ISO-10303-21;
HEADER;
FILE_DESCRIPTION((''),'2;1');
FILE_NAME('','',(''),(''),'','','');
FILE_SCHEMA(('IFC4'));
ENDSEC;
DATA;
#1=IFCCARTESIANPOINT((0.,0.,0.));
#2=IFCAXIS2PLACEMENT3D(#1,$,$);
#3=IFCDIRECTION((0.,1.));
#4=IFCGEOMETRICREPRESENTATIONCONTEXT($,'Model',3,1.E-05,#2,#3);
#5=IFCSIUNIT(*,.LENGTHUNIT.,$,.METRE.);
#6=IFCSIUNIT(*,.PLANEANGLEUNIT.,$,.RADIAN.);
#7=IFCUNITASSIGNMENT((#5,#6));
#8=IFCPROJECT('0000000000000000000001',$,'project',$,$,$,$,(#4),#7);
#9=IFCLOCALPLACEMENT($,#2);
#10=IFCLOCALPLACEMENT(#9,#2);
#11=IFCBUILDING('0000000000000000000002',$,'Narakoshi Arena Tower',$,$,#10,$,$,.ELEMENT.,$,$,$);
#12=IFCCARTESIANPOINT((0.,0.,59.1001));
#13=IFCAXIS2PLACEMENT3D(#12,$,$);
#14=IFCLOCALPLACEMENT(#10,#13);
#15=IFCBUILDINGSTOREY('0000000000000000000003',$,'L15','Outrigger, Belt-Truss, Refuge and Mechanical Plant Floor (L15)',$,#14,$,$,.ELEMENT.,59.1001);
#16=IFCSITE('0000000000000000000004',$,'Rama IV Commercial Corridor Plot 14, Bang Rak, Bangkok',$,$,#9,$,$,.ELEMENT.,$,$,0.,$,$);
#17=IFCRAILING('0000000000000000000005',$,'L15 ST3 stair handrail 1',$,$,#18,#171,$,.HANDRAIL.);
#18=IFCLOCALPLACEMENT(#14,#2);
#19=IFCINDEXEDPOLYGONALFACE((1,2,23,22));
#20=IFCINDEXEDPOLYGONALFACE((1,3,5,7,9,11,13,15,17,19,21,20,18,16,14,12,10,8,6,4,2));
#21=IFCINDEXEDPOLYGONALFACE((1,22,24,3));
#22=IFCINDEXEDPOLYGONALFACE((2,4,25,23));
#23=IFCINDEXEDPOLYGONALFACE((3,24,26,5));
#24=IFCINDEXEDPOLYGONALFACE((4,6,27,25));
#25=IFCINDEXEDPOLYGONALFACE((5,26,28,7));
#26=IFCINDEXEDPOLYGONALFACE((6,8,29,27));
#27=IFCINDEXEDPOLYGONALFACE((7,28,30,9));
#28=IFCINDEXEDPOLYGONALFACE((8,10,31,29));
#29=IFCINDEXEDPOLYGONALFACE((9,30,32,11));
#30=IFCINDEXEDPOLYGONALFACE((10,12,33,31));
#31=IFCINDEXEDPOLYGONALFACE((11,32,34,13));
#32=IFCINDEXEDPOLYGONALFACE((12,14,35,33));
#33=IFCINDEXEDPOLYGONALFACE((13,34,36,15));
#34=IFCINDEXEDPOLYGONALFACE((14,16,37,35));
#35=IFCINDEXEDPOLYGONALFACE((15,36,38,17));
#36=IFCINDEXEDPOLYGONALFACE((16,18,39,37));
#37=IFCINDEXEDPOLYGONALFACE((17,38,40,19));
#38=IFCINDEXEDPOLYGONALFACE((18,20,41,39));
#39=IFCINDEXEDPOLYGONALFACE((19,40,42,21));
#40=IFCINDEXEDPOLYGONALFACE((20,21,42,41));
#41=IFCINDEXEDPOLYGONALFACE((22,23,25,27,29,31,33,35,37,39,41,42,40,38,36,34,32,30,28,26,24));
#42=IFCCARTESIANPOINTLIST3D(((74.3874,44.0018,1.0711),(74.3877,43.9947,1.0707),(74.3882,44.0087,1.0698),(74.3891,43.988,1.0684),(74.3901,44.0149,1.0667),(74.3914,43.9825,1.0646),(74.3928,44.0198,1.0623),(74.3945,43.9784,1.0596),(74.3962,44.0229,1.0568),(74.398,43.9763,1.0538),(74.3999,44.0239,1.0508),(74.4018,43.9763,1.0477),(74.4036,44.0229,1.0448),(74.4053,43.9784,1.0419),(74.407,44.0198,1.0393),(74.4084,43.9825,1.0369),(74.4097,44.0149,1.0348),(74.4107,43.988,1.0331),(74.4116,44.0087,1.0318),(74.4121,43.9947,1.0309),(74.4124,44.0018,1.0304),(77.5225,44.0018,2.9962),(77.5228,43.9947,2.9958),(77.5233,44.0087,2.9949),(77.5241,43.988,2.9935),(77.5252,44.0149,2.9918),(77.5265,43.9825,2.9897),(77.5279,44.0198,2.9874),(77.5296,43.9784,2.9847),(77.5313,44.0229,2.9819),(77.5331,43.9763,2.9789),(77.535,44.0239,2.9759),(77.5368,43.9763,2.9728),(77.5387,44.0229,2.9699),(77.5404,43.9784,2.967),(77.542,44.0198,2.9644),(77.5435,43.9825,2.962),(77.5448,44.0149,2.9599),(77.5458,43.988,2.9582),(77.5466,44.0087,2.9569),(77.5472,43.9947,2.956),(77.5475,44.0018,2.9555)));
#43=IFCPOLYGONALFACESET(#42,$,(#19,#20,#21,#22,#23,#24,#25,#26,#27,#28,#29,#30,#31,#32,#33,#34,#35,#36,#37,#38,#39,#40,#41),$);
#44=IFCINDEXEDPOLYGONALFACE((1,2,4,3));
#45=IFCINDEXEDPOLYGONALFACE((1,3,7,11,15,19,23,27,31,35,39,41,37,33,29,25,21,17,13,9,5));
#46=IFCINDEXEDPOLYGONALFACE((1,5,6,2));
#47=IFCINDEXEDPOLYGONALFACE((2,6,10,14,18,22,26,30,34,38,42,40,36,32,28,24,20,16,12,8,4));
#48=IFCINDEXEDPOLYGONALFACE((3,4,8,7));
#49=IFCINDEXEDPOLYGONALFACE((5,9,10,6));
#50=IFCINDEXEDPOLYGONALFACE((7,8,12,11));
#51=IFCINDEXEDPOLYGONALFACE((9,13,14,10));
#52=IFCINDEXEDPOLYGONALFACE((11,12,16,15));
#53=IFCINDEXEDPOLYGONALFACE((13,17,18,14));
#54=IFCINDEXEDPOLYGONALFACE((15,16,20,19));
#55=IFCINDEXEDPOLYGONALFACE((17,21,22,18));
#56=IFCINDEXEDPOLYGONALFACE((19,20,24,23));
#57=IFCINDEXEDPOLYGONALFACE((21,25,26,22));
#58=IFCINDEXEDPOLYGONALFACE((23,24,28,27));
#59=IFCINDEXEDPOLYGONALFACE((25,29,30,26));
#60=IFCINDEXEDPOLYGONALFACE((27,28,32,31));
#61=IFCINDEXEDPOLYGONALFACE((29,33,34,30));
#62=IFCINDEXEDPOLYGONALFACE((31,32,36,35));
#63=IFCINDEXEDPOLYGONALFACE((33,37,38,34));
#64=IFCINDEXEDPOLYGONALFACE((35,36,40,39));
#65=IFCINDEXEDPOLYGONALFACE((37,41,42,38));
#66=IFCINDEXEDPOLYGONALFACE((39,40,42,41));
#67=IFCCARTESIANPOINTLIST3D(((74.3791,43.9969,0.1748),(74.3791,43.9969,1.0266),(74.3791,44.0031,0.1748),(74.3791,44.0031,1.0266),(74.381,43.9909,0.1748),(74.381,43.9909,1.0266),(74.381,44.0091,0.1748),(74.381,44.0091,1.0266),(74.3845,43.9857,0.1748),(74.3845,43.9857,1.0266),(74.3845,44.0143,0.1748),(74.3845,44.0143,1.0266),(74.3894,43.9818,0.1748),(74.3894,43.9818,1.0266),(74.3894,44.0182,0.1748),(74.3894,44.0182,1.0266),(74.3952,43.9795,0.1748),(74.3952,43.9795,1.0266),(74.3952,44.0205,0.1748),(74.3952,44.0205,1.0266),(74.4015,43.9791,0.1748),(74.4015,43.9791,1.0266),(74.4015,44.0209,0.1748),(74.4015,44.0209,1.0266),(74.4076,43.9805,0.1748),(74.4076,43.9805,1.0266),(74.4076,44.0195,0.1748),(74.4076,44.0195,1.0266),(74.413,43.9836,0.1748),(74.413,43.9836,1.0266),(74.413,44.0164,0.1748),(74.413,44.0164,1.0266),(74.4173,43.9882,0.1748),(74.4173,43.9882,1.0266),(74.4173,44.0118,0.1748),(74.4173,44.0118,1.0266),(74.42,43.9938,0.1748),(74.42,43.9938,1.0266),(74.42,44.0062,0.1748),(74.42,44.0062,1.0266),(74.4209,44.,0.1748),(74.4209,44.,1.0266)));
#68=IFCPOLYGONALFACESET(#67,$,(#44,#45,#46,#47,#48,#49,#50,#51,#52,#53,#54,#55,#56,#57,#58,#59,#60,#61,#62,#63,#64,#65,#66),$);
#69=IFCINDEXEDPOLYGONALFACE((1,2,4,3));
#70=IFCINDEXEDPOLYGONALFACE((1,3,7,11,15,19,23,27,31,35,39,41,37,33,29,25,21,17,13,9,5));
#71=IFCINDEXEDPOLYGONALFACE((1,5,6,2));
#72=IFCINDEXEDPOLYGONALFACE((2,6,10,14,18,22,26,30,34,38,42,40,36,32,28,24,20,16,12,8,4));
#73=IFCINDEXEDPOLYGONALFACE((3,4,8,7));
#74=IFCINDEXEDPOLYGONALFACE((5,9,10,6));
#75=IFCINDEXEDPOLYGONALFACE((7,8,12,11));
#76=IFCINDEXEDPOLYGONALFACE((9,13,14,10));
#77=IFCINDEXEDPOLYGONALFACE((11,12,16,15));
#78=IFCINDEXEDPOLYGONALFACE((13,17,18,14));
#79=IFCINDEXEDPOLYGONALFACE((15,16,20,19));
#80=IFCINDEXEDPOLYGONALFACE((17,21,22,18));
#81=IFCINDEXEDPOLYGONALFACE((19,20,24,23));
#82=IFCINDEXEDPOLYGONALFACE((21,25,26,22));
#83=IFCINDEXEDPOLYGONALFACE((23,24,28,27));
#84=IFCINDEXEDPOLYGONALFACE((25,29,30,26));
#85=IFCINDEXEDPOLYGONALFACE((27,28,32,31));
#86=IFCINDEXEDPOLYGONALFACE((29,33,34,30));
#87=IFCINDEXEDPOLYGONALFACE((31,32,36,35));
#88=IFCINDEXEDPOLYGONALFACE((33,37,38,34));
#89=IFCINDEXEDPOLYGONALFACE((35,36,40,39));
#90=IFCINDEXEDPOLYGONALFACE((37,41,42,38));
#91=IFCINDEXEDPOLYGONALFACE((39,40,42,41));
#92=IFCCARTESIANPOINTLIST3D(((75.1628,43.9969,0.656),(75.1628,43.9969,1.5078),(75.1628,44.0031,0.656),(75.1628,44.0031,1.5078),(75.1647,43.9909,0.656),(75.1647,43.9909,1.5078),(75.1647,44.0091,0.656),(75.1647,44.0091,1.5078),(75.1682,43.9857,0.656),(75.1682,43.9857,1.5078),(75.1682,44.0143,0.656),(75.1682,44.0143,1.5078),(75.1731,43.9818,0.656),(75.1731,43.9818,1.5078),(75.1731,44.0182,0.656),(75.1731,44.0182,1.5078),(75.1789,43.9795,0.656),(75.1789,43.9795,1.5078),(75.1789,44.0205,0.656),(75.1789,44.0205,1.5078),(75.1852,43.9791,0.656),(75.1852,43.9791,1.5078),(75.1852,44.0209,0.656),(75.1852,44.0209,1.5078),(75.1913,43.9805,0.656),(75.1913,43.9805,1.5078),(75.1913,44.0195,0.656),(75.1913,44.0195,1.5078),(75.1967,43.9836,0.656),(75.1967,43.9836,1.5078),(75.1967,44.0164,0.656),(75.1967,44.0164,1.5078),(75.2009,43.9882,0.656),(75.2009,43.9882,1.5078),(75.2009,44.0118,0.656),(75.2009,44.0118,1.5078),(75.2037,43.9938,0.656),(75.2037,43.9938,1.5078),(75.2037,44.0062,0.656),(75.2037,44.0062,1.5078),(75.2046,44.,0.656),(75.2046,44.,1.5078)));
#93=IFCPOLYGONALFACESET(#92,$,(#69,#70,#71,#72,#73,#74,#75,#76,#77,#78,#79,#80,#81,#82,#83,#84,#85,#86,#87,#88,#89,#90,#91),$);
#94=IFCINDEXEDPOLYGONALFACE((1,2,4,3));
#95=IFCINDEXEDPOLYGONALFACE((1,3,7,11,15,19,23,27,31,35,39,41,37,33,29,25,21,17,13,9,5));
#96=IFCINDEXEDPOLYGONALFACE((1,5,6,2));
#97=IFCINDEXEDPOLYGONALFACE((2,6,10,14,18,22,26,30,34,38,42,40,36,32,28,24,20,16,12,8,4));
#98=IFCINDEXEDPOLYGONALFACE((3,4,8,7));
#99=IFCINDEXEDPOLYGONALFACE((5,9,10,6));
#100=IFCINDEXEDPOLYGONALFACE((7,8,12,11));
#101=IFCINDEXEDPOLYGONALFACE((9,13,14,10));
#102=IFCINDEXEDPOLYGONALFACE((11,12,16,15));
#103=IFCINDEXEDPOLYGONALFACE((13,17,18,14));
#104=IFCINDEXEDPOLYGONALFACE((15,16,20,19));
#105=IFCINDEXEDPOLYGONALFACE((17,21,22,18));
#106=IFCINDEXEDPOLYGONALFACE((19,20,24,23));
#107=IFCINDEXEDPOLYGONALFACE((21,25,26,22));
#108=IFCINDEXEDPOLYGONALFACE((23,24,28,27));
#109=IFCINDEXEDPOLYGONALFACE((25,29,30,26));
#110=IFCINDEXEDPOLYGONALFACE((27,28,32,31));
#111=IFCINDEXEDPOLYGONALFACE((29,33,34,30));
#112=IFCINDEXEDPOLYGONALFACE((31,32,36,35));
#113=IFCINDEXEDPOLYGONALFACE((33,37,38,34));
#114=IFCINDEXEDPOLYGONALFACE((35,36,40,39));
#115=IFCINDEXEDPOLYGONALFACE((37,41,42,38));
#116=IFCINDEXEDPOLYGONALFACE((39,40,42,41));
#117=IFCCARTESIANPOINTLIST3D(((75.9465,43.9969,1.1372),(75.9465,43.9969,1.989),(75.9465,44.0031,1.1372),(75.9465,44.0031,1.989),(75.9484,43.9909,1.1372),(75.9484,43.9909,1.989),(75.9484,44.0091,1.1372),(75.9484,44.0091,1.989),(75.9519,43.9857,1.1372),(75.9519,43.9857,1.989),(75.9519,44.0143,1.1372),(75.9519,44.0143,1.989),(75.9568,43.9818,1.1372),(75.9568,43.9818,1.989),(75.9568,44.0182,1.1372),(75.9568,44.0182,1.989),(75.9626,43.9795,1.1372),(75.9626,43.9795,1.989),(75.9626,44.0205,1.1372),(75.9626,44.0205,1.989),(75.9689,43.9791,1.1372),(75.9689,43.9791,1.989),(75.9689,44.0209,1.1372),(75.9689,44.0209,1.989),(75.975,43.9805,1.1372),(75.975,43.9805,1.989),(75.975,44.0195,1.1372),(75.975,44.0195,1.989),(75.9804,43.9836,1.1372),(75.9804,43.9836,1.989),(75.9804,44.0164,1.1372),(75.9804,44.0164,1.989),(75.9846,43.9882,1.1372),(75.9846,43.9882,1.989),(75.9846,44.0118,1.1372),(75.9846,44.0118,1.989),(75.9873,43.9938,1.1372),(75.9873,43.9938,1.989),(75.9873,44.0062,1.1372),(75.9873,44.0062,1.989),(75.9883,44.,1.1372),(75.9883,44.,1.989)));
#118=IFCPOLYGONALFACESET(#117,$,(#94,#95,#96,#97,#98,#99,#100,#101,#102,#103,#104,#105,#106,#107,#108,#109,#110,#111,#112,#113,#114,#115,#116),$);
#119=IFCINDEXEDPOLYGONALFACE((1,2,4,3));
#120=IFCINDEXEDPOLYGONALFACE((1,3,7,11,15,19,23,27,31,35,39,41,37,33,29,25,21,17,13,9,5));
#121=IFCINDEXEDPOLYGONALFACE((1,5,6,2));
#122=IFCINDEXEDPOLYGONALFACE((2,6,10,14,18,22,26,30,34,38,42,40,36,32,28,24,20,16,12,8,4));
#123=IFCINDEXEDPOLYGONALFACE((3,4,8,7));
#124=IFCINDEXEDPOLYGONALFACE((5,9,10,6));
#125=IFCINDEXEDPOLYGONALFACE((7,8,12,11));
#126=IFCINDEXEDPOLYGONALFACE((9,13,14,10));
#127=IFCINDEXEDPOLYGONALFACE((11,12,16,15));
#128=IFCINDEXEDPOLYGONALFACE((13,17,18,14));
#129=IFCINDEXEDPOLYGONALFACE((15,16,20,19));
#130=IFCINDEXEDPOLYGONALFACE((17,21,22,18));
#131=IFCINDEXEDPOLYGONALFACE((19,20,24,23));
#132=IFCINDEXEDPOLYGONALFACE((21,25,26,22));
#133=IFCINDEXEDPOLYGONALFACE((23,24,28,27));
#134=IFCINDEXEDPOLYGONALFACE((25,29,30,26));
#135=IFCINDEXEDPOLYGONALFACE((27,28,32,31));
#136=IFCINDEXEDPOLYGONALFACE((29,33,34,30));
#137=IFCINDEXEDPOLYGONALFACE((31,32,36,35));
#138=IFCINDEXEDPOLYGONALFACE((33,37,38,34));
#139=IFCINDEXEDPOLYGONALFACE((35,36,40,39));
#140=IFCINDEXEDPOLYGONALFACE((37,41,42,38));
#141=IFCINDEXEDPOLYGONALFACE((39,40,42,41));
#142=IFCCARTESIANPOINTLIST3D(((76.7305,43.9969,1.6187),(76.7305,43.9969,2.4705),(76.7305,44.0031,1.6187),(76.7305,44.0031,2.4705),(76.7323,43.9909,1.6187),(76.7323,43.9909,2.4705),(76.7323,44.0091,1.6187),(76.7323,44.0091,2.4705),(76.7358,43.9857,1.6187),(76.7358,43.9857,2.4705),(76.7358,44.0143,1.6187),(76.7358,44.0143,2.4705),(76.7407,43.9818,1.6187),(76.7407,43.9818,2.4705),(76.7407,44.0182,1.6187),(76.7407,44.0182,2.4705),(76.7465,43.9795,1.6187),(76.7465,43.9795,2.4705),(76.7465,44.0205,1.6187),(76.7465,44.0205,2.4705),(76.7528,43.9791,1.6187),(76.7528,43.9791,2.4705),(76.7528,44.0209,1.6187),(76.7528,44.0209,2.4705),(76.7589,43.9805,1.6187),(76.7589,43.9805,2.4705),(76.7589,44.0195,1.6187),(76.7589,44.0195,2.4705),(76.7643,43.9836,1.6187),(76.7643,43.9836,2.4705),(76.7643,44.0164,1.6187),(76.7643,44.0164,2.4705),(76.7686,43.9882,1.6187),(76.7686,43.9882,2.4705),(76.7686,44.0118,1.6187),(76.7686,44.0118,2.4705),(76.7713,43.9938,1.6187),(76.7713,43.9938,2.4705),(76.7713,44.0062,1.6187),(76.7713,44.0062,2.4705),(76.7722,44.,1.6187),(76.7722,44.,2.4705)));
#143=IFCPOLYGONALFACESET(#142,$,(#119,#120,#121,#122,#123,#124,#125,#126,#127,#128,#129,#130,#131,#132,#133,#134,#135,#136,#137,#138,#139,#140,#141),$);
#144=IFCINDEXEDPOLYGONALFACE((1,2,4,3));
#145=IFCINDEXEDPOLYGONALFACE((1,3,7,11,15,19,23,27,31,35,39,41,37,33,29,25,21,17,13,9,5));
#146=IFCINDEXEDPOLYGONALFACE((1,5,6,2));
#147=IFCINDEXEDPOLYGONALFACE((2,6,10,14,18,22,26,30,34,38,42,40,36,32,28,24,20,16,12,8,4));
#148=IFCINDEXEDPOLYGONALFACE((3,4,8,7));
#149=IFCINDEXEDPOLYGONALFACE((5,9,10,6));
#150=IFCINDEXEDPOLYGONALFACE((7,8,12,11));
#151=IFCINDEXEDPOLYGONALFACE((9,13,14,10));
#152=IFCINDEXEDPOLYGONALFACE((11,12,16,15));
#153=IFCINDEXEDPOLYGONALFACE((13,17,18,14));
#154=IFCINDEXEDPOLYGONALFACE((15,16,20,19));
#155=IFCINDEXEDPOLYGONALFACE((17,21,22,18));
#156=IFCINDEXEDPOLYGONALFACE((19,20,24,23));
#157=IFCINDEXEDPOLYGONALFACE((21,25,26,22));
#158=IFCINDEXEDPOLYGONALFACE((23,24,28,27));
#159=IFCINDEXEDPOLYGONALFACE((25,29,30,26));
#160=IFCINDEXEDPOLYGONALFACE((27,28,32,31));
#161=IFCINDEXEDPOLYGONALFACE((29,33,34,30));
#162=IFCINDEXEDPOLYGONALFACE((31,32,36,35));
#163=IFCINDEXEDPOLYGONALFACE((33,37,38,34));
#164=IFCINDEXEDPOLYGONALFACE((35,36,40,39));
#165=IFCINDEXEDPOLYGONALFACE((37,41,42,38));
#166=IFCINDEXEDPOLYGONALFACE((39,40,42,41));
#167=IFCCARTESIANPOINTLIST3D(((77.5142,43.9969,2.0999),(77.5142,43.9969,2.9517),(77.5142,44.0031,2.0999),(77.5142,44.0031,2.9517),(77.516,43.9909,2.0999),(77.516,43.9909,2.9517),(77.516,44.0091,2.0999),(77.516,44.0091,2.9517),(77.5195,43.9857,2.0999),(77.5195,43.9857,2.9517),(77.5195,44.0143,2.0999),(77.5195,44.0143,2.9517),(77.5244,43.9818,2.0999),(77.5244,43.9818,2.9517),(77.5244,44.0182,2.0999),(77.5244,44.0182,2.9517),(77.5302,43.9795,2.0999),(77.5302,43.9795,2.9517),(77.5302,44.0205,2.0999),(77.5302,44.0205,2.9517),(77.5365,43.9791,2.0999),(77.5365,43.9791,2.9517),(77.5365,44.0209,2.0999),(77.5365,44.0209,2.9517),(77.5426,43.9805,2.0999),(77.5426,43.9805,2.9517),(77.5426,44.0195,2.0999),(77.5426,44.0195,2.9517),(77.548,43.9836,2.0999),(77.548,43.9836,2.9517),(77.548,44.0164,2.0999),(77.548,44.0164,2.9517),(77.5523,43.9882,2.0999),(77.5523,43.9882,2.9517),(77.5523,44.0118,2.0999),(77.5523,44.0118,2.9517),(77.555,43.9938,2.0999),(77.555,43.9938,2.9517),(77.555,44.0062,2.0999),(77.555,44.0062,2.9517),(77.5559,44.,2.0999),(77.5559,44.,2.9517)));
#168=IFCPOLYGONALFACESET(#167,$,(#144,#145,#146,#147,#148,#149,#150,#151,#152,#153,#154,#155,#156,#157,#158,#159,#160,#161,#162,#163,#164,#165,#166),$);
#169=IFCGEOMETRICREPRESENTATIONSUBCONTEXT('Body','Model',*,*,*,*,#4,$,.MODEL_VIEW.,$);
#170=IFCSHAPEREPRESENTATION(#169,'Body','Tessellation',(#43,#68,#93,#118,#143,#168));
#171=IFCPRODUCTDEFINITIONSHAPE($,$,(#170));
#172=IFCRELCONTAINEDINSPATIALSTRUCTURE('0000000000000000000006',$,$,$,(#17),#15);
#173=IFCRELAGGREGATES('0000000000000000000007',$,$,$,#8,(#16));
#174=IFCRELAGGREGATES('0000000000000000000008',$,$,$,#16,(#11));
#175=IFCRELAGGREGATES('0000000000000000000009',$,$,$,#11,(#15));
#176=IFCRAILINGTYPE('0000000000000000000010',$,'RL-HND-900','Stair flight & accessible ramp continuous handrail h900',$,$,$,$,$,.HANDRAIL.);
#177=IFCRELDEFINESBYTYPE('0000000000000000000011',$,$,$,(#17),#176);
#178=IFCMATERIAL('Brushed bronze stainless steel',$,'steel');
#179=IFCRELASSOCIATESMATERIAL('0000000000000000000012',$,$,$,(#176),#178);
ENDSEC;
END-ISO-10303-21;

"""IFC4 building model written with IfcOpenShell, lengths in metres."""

from ifc_helpers import new_model, si_unit, direction, frame, origin, origin_2d, place, context, subcontext, project, spatial, circle, extrude, material, type_object, element, save


model = new_model("IFC4")

# Units and contexts
model_context = context("Model", 3, precision=1e-05, world=origin(), true_north=direction((0.0, 1.0)))
body_context = subcontext(model_context, "Body", "Model", "MODEL_VIEW")
ifc_project = project(units=[si_unit("LENGTHUNIT", "METRE"), si_unit("PLANEANGLEUNIT", "RADIAN")], contexts=[model_context])

# Site, building, storey
site_placement = place(None, origin())
site = spatial("IfcSite", under=ifc_project, at=site_placement, Name="Rama IV Commercial Corridor Plot 14, Bang Rak, Bangkok", CompositionType="ELEMENT", RefElevation=0.0)
building_placement = place(site_placement, origin())
building = spatial("IfcBuilding", under=site, at=building_placement, Name="Narakoshi Arena Tower", CompositionType="ELEMENT")
storey_placement = place(building_placement, frame((0.0, 0.0, 59.1001)))
storey = spatial("IfcBuildingStorey", under=building, at=storey_placement, Name="L15", Description="Outrigger, Belt-Truss, Refuge and Mechanical Plant Floor (L15)", CompositionType="ELEMENT", Elevation=59.1001)

# Shared definitions
ifc_material_1 = material(Name="Brushed bronze stainless steel", Category="steel")

# Railing
railing_type_1 = type_object("IfcRailingType", Name="RL-HND-900", Description="Stair flight & accessible ramp continuous handrail h900", PredefinedType="HANDRAIL", material=ifc_material_1)
railing_1_placement = place(storey_placement, frame((74.3999, 44.0, 0.1748)))
element("IfcRailing", 1, at=railing_1_placement, inside=storey, type_object=railing_type_1, Name="L15 ST3 stair handrail 1", PredefinedType="HANDRAIL", context=body_context, shape_type="SweptSolid", body=[
    extrude(circle(Radius=0.0239, at=origin_2d()), frame((0.0, 0.0, 0.876), z_axis=(0.852166, 0.0, 0.523271), x_axis=(0.0, 1.0, 0.0)), (0.0, 0.0, 1.0), 3.679),
    extrude(circle(Radius=0.021, at=origin_2d()), origin(), (0.0, 0.0, 1.0), 0.8518),
    extrude(circle(Radius=0.021, at=origin_2d()), frame((0.7837, 0.0, 0.4812)), (0.0, 0.0, 1.0), 0.8518),
    extrude(circle(Radius=0.021, at=origin_2d()), frame((1.5674, 0.0, 0.9624)), (0.0, 0.0, 1.0), 0.8518),
    extrude(circle(Radius=0.021, at=origin_2d()), frame((2.3513, 0.0, 1.4438)), (0.0, 0.0, 1.0), 0.8518),
    extrude(circle(Radius=0.021, at=origin_2d()), frame((3.135, 0.0, 1.925)), (0.0, 0.0, 1.0), 0.8518),
])

save(model, "model.ifc")
